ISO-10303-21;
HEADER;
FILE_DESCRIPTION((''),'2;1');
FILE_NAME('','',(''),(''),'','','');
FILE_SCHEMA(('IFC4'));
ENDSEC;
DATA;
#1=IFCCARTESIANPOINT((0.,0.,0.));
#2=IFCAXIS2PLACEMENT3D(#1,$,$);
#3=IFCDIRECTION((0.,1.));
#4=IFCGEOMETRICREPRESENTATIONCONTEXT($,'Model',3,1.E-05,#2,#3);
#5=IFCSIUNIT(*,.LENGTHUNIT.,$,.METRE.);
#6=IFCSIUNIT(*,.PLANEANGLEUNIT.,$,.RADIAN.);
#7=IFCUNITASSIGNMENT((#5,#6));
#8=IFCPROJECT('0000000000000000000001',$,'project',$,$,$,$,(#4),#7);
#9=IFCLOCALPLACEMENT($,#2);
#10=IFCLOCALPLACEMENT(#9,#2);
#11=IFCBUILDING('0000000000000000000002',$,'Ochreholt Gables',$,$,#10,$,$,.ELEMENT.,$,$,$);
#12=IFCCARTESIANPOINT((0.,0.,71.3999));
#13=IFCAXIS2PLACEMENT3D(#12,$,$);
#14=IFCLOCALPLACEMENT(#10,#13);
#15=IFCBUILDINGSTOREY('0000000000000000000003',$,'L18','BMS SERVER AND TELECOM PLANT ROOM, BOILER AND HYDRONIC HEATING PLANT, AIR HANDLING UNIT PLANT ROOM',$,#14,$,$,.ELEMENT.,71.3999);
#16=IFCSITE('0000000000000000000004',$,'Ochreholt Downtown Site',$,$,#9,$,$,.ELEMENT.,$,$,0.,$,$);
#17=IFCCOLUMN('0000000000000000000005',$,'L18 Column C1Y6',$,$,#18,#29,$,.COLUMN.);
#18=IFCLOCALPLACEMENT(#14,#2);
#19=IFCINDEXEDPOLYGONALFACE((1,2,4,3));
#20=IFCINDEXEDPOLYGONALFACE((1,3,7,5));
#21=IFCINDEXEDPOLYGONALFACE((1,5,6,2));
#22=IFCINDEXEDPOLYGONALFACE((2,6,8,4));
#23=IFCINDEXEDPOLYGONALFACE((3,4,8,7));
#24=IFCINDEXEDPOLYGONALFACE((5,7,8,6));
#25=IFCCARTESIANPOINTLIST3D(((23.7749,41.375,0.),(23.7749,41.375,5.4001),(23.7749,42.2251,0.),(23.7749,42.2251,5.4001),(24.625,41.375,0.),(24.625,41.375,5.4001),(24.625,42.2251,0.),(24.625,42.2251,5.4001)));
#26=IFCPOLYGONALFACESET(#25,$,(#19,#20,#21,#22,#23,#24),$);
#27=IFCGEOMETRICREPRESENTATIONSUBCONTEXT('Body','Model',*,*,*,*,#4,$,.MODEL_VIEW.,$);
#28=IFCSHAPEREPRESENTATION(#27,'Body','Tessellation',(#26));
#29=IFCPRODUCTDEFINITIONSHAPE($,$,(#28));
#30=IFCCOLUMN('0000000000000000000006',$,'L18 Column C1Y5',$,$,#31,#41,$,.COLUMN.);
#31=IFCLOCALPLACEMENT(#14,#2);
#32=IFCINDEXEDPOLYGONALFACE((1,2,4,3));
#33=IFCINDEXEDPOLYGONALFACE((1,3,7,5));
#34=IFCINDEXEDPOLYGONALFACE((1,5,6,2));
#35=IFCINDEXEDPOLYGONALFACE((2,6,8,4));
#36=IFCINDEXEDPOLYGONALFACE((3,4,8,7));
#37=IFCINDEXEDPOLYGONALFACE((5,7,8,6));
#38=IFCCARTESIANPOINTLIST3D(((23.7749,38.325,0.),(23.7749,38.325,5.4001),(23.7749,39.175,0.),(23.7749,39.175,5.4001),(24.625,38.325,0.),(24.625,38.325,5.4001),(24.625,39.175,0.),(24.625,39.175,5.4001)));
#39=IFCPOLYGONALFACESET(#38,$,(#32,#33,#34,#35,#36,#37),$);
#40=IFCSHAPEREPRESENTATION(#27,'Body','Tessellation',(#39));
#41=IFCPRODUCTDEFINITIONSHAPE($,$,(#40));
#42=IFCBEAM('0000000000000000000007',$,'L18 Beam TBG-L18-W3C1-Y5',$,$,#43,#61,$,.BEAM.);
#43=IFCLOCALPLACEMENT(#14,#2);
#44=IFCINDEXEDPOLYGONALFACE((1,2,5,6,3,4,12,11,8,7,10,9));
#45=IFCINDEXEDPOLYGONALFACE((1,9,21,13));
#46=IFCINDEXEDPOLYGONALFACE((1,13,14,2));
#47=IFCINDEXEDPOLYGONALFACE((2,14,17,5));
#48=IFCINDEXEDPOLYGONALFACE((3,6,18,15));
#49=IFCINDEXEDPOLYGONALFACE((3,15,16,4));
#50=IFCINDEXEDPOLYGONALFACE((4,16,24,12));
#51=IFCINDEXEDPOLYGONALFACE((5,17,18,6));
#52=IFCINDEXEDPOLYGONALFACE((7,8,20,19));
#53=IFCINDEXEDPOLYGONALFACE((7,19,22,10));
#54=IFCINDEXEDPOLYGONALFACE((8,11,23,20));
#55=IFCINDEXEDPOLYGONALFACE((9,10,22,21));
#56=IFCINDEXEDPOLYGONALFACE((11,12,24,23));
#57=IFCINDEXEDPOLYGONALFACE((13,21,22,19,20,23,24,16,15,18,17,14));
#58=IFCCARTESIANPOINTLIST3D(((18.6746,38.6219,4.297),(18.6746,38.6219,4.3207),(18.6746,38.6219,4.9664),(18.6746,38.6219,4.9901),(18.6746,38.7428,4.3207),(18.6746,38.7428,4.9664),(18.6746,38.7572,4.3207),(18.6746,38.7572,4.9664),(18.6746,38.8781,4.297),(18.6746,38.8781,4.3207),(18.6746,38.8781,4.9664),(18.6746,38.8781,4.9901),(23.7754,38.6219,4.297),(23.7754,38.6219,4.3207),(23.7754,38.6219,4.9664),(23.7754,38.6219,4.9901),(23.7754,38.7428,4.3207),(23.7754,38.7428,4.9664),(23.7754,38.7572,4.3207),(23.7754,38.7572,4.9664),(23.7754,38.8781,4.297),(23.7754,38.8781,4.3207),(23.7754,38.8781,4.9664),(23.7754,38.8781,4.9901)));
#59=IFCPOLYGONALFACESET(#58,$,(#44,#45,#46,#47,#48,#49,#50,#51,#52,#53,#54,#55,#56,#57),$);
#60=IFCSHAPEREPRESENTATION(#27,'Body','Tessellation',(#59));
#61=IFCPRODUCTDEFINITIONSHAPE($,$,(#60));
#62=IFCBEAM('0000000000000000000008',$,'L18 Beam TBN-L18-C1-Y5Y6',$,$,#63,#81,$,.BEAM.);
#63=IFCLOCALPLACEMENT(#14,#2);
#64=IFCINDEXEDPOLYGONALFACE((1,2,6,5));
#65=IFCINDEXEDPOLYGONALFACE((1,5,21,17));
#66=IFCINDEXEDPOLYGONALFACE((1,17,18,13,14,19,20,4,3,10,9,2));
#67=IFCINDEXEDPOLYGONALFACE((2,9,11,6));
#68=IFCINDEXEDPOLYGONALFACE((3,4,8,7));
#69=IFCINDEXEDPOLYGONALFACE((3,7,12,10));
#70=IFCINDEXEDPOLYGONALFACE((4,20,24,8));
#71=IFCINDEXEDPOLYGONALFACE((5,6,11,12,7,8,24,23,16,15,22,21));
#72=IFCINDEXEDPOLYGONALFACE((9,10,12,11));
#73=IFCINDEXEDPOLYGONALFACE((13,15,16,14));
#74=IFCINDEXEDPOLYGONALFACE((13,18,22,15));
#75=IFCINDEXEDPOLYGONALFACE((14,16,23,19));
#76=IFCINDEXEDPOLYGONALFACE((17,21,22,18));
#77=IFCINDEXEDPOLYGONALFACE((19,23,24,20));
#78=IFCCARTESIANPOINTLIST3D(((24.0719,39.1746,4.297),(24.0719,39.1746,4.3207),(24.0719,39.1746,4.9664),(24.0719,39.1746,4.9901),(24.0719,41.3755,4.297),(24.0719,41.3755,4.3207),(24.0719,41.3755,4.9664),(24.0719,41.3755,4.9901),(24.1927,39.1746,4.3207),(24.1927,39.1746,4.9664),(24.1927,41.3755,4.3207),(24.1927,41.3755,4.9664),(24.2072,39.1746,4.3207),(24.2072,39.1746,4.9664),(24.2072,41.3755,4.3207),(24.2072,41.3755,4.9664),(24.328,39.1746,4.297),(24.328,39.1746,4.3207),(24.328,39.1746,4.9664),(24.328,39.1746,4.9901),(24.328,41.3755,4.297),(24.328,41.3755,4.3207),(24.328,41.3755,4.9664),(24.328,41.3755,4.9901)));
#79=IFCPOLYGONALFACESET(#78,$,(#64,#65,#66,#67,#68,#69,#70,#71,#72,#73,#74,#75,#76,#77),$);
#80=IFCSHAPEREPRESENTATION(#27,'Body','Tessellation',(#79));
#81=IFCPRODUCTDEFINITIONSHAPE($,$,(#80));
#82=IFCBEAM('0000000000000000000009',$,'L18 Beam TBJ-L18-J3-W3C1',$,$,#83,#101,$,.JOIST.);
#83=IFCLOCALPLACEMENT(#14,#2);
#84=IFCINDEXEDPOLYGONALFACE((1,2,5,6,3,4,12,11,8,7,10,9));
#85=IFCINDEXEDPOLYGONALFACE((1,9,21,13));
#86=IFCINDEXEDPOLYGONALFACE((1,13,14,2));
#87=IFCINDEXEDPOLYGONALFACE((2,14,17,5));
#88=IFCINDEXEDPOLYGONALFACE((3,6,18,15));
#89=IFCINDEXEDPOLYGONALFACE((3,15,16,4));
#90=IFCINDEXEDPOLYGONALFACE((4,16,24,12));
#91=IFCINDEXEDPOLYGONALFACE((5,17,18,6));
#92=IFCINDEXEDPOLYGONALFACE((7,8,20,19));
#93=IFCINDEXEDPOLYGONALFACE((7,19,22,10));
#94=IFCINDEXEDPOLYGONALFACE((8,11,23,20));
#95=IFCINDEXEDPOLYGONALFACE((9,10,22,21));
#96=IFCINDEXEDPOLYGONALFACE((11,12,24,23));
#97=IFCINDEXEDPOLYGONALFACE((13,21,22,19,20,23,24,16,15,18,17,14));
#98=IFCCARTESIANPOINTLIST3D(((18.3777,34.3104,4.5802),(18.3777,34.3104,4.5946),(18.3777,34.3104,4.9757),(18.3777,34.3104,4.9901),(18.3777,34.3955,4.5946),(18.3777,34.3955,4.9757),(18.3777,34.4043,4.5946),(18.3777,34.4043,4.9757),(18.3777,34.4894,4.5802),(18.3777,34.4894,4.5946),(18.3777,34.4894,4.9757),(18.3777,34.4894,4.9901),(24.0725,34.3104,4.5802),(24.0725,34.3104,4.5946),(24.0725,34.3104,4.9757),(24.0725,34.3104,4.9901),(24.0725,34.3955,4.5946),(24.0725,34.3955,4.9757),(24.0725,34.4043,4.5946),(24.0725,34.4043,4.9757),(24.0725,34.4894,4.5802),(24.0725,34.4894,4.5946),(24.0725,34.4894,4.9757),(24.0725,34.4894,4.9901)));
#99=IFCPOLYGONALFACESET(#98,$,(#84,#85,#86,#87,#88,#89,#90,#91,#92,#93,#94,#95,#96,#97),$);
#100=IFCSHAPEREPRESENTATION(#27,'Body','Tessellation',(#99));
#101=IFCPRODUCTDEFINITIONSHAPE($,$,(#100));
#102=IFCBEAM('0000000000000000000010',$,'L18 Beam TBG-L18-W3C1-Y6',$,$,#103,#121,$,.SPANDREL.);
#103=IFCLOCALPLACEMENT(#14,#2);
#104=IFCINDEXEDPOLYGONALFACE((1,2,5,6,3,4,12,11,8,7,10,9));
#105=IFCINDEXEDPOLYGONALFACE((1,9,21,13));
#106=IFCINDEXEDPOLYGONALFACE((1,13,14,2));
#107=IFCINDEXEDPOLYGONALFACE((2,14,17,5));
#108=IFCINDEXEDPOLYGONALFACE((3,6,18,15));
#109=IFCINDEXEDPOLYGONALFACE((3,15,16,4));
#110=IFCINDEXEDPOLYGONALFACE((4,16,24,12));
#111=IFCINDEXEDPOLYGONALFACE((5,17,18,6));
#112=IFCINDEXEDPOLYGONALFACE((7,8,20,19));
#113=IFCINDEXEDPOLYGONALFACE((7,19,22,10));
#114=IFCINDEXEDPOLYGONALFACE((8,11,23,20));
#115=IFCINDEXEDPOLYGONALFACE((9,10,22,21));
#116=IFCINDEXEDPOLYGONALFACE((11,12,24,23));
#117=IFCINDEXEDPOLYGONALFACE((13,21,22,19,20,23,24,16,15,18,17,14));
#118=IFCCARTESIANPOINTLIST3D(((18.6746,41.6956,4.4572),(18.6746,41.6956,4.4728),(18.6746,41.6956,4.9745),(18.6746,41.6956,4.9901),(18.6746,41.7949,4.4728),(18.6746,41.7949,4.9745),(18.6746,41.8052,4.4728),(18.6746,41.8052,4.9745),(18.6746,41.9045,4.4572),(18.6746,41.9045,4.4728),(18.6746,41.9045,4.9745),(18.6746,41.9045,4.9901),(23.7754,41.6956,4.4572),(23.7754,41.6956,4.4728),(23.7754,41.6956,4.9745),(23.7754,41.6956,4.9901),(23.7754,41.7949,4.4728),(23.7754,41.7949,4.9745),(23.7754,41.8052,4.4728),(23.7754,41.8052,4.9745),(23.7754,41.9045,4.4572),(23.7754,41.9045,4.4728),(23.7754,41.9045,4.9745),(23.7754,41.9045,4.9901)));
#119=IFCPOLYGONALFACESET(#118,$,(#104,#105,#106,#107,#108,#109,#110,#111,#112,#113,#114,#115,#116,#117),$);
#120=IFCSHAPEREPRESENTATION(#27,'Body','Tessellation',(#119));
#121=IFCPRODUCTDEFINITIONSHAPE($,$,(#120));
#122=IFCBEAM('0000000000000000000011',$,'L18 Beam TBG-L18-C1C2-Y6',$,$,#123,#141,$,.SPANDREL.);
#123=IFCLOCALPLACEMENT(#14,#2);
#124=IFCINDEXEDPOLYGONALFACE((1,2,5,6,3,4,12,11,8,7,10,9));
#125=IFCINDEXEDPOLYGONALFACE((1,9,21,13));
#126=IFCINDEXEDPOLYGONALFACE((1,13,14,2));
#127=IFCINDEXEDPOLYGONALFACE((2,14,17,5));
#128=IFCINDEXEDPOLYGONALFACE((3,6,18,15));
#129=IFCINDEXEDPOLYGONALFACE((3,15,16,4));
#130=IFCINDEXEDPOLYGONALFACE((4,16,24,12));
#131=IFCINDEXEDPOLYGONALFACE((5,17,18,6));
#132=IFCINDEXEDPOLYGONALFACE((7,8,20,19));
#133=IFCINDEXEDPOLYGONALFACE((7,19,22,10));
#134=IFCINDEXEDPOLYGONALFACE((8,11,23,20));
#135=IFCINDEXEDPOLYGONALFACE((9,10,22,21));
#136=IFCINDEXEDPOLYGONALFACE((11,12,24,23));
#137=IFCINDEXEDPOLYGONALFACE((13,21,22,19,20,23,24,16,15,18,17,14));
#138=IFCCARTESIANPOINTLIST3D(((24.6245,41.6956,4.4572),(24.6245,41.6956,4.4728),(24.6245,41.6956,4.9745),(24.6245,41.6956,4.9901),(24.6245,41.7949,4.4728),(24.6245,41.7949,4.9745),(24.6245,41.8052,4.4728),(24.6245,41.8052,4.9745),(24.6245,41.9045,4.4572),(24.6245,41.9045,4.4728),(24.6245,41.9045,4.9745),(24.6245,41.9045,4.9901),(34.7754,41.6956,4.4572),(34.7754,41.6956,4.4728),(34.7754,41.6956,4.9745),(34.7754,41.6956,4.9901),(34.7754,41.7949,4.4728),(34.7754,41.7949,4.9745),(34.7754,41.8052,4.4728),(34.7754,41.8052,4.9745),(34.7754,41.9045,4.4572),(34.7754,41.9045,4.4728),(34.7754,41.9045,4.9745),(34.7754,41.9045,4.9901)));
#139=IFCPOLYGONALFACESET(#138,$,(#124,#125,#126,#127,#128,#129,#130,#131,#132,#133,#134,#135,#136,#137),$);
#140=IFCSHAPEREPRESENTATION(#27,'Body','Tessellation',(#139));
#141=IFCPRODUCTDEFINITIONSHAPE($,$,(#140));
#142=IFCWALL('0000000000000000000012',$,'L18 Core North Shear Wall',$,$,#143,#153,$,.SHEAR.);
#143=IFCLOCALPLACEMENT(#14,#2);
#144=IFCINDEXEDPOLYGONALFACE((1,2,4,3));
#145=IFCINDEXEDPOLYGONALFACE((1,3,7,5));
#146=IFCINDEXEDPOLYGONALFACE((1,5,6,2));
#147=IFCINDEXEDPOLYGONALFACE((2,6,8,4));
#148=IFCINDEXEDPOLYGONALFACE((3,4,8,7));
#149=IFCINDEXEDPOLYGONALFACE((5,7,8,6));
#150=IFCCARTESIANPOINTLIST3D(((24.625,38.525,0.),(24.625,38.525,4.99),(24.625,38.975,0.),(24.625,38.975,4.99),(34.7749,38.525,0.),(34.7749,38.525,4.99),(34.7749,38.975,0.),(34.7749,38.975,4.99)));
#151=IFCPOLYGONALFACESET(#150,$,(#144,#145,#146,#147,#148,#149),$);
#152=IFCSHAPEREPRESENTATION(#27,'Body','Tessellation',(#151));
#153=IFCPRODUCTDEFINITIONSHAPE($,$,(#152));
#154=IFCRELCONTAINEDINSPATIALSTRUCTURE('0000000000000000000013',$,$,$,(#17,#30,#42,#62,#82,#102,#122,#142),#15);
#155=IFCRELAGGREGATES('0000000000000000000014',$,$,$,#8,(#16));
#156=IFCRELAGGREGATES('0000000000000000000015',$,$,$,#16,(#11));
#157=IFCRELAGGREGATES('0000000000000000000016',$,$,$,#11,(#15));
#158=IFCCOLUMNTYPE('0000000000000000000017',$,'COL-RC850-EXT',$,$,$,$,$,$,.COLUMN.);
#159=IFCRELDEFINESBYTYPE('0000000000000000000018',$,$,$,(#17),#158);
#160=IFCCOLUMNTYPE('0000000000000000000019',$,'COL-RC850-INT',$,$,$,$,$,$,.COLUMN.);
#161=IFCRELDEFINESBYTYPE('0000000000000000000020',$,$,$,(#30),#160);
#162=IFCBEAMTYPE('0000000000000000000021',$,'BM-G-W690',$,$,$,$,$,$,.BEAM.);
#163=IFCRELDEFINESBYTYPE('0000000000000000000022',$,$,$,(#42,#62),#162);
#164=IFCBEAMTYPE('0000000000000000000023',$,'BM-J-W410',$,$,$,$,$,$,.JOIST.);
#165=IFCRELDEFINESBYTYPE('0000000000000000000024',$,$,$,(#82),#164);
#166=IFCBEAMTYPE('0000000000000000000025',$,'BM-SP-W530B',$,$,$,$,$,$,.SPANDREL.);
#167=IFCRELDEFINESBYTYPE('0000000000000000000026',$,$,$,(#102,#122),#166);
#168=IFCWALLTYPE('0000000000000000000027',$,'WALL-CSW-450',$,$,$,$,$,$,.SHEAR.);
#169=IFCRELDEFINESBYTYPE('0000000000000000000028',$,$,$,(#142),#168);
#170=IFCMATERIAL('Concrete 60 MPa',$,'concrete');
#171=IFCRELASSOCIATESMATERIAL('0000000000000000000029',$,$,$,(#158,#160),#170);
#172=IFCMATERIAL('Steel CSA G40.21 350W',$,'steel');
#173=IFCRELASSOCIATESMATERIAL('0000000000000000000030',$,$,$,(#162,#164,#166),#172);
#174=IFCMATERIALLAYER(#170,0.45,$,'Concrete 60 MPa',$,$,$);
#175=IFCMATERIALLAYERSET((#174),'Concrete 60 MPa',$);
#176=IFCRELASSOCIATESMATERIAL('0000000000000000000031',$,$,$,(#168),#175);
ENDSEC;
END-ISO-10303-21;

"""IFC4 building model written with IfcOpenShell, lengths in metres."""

from ifc_helpers import new_model, si_unit, direction, frame, frame_2d, origin, origin_2d, place, context, subcontext, project, spatial, rectangle, i_section, extrude, material, layer, layer_set, material_profile, profile_set, type_object, element, save


model = new_model("IFC4")

# Units and contexts
model_context = context("Model", 3, precision=1e-05, world=origin(), true_north=direction((0.0, 1.0)))
body_context = subcontext(model_context, "Body", "Model", "MODEL_VIEW")
ifc_project = project(units=[si_unit("LENGTHUNIT", "METRE"), si_unit("PLANEANGLEUNIT", "RADIAN")], contexts=[model_context])

# Site, building, storey
site_placement = place(None, origin())
site = spatial("IfcSite", under=ifc_project, at=site_placement, Name="Ochreholt Downtown Site", CompositionType="ELEMENT", RefElevation=0.0)
building_placement = place(site_placement, origin())
building = spatial("IfcBuilding", under=site, at=building_placement, Name="Ochreholt Gables", CompositionType="ELEMENT")
storey_placement = place(building_placement, frame((0.0, 0.0, 71.3999)))
storey = spatial("IfcBuildingStorey", under=building, at=storey_placement, Name="L18", Description="BMS SERVER AND TELECOM PLANT ROOM, BOILER AND HYDRONIC HEATING PLANT, AIR HANDLING UNIT PLANT ROOM", CompositionType="ELEMENT", Elevation=71.3999)

# Columns
ifc_material_1 = material(Name="Concrete 60 MPa", Category="concrete")
ifc_material_profile_1 = material_profile(ifc_material_1, rectangle(XDim=0.8501, YDim=0.8501, at=origin_2d()), Name="RC850X850")
ifc_profile_set_1 = profile_set([ifc_material_profile_1], Name="Concrete 60 MPa")
column_type_1 = type_object("IfcColumnType", Name="COL-RC850-EXT", PredefinedType="COLUMN", material=ifc_profile_set_1)
column_1_placement = place(storey_placement, frame((24.2, 41.8, 0.0), z_axis=(0.0, 0.0, 1.0), x_axis=(1.0, 0.0, 0.0)))
element("IfcColumn", 1, at=column_1_placement, inside=storey, type_object=column_type_1, Name="L18 Column C1Y6", PredefinedType="COLUMN", context=body_context, shape_type="SweptSolid", body=[
    extrude(rectangle(XDim=0.8501, YDim=0.8501, at=origin_2d()), origin(), (0.0, 0.0, 1.0), 5.4001),
])
ifc_material_profile_2 = material_profile(ifc_material_1, rectangle(XDim=0.8501, YDim=0.8501, at=origin_2d()), Name="RC850X850")
ifc_profile_set_2 = profile_set([ifc_material_profile_2], Name="Concrete 60 MPa")
column_type_2 = type_object("IfcColumnType", Name="COL-RC850-INT", PredefinedType="COLUMN", material=ifc_profile_set_2)
column_2_placement = place(storey_placement, frame((24.2, 38.75, 0.0), z_axis=(0.0, 0.0, 1.0), x_axis=(1.0, 0.0, 0.0)))
element("IfcColumn", 2, at=column_2_placement, inside=storey, type_object=column_type_2, Name="L18 Column C1Y5", PredefinedType="COLUMN", context=body_context, shape_type="SweptSolid", body=[
    extrude(rectangle(XDim=0.8501, YDim=0.8501, at=origin_2d()), origin(), (0.0, 0.0, 1.0), 5.4001),
])

# Beams
ifc_material_2 = material(Name="Steel CSA G40.21 350W", Category="steel")
ifc_material_profile_3 = material_profile(ifc_material_2, i_section(OverallWidth=0.2561, OverallDepth=0.6931, WebThickness=0.0144, FlangeThickness=0.0237, at=origin_2d()), Name="W690X170")
ifc_profile_set_3 = profile_set([ifc_material_profile_3], Name="Steel CSA G40.21 350W")
beam_type_1 = type_object("IfcBeamType", Name="BM-G-W690", PredefinedType="BEAM", material=ifc_profile_set_3)
beam_1_placement = place(storey_placement, frame((18.6746, 38.75, 4.6436), z_axis=(1.0, 0.0, 0.0), x_axis=(0.0, 1.0, 0.0)))
element("IfcBeam", 3, at=beam_1_placement, inside=storey, type_object=beam_type_1, Name="L18 Beam TBG-L18-W3C1-Y5", PredefinedType="BEAM", context=body_context, shape_type="SweptSolid", body=[
    extrude(i_section(OverallWidth=0.2561, OverallDepth=0.6931, WebThickness=0.0144, FlangeThickness=0.0237, at=origin_2d()), origin(), (0.0, 0.0, 1.0), 5.1008),
])
beam_2_placement = place(storey_placement, frame((24.2, 39.1746, 4.6436), z_axis=(0.0, 1.0, 0.0), x_axis=(-1.0, 0.0, 0.0)))
element("IfcBeam", 4, at=beam_2_placement, inside=storey, type_object=beam_type_1, Name="L18 Beam TBN-L18-C1-Y5Y6", PredefinedType="BEAM", context=body_context, shape_type="SweptSolid", body=[
    extrude(i_section(OverallWidth=0.2561, OverallDepth=0.6931, WebThickness=0.0144, FlangeThickness=0.0237, at=origin_2d()), origin(), (0.0, 0.0, 1.0), 2.2009),
])
ifc_material_profile_4 = material_profile(ifc_material_2, i_section(OverallWidth=0.179, OverallDepth=0.4099, WebThickness=0.0088, FlangeThickness=0.0144, at=origin_2d()), Name="W410X67")
ifc_profile_set_4 = profile_set([ifc_material_profile_4], Name="Steel CSA G40.21 350W")
beam_type_2 = type_object("IfcBeamType", Name="BM-J-W410", PredefinedType="JOIST", material=ifc_profile_set_4)
beam_3_placement = place(storey_placement, frame((18.3777, 34.3999, 4.7852), z_axis=(1.0, 0.0, 0.0), x_axis=(0.0, 1.0, 0.0)))
element("IfcBeam", 5, at=beam_3_placement, inside=storey, type_object=beam_type_2, Name="L18 Beam TBJ-L18-J3-W3C1", PredefinedType="JOIST", context=body_context, shape_type="SweptSolid", body=[
    extrude(i_section(OverallWidth=0.179, OverallDepth=0.4099, WebThickness=0.0088, FlangeThickness=0.0144, at=origin_2d()), origin(), (0.0, 0.0, 1.0), 5.6948),
])
ifc_material_profile_5 = material_profile(ifc_material_2, i_section(OverallWidth=0.209, OverallDepth=0.533, WebThickness=0.0103, FlangeThickness=0.0156, at=origin_2d()), Name="W530X92")
ifc_profile_set_5 = profile_set([ifc_material_profile_5], Name="Steel CSA G40.21 350W")
beam_type_3 = type_object("IfcBeamType", Name="BM-SP-W530B", PredefinedType="SPANDREL", material=ifc_profile_set_5)
beam_4_placement = place(storey_placement, frame((18.6746, 41.8, 4.7236), z_axis=(1.0, 0.0, 0.0), x_axis=(0.0, 1.0, 0.0)))
element("IfcBeam", 6, at=beam_4_placement, inside=storey, type_object=beam_type_3, Name="L18 Beam TBG-L18-W3C1-Y6", PredefinedType="SPANDREL", context=body_context, shape_type="SweptSolid", body=[
    extrude(i_section(OverallWidth=0.209, OverallDepth=0.533, WebThickness=0.0103, FlangeThickness=0.0156, at=origin_2d()), origin(), (0.0, 0.0, 1.0), 5.1008),
])
beam_5_placement = place(storey_placement, frame((24.6245, 41.8, 4.7236), z_axis=(1.0, 0.0, 0.0), x_axis=(0.0, 1.0, 0.0)))
element("IfcBeam", 7, at=beam_5_placement, inside=storey, type_object=beam_type_3, Name="L18 Beam TBG-L18-C1C2-Y6", PredefinedType="SPANDREL", context=body_context, shape_type="SweptSolid", body=[
    extrude(i_section(OverallWidth=0.209, OverallDepth=0.533, WebThickness=0.0103, FlangeThickness=0.0156, at=origin_2d()), origin(), (0.0, 0.0, 1.0), 10.1509),
])

# Wall
ifc_layer_1 = layer(ifc_material_1, 0.45, Name="Concrete 60 MPa")
ifc_layer_set_1 = layer_set([ifc_layer_1], Name="Concrete 60 MPa")
wall_type_1 = type_object("IfcWallType", Name="WALL-CSW-450", PredefinedType="SHEAR", material=ifc_layer_set_1)
wall_1_placement = place(storey_placement, frame((24.625, 38.75, 0.0), z_axis=(0.0, 0.0, 1.0), x_axis=(1.0, 0.0, 0.0)))
element("IfcWall", 8, at=wall_1_placement, inside=storey, type_object=wall_type_1, Name="L18 Core North Shear Wall", PredefinedType="SHEAR", context=body_context, shape_type="SweptSolid", body=[
    extrude(rectangle(XDim=10.1499, YDim=0.45, at=frame_2d((5.075, 0.0))), origin(), (0.0, 0.0, 1.0), 4.99),
])

save(model, "model.ifc")
